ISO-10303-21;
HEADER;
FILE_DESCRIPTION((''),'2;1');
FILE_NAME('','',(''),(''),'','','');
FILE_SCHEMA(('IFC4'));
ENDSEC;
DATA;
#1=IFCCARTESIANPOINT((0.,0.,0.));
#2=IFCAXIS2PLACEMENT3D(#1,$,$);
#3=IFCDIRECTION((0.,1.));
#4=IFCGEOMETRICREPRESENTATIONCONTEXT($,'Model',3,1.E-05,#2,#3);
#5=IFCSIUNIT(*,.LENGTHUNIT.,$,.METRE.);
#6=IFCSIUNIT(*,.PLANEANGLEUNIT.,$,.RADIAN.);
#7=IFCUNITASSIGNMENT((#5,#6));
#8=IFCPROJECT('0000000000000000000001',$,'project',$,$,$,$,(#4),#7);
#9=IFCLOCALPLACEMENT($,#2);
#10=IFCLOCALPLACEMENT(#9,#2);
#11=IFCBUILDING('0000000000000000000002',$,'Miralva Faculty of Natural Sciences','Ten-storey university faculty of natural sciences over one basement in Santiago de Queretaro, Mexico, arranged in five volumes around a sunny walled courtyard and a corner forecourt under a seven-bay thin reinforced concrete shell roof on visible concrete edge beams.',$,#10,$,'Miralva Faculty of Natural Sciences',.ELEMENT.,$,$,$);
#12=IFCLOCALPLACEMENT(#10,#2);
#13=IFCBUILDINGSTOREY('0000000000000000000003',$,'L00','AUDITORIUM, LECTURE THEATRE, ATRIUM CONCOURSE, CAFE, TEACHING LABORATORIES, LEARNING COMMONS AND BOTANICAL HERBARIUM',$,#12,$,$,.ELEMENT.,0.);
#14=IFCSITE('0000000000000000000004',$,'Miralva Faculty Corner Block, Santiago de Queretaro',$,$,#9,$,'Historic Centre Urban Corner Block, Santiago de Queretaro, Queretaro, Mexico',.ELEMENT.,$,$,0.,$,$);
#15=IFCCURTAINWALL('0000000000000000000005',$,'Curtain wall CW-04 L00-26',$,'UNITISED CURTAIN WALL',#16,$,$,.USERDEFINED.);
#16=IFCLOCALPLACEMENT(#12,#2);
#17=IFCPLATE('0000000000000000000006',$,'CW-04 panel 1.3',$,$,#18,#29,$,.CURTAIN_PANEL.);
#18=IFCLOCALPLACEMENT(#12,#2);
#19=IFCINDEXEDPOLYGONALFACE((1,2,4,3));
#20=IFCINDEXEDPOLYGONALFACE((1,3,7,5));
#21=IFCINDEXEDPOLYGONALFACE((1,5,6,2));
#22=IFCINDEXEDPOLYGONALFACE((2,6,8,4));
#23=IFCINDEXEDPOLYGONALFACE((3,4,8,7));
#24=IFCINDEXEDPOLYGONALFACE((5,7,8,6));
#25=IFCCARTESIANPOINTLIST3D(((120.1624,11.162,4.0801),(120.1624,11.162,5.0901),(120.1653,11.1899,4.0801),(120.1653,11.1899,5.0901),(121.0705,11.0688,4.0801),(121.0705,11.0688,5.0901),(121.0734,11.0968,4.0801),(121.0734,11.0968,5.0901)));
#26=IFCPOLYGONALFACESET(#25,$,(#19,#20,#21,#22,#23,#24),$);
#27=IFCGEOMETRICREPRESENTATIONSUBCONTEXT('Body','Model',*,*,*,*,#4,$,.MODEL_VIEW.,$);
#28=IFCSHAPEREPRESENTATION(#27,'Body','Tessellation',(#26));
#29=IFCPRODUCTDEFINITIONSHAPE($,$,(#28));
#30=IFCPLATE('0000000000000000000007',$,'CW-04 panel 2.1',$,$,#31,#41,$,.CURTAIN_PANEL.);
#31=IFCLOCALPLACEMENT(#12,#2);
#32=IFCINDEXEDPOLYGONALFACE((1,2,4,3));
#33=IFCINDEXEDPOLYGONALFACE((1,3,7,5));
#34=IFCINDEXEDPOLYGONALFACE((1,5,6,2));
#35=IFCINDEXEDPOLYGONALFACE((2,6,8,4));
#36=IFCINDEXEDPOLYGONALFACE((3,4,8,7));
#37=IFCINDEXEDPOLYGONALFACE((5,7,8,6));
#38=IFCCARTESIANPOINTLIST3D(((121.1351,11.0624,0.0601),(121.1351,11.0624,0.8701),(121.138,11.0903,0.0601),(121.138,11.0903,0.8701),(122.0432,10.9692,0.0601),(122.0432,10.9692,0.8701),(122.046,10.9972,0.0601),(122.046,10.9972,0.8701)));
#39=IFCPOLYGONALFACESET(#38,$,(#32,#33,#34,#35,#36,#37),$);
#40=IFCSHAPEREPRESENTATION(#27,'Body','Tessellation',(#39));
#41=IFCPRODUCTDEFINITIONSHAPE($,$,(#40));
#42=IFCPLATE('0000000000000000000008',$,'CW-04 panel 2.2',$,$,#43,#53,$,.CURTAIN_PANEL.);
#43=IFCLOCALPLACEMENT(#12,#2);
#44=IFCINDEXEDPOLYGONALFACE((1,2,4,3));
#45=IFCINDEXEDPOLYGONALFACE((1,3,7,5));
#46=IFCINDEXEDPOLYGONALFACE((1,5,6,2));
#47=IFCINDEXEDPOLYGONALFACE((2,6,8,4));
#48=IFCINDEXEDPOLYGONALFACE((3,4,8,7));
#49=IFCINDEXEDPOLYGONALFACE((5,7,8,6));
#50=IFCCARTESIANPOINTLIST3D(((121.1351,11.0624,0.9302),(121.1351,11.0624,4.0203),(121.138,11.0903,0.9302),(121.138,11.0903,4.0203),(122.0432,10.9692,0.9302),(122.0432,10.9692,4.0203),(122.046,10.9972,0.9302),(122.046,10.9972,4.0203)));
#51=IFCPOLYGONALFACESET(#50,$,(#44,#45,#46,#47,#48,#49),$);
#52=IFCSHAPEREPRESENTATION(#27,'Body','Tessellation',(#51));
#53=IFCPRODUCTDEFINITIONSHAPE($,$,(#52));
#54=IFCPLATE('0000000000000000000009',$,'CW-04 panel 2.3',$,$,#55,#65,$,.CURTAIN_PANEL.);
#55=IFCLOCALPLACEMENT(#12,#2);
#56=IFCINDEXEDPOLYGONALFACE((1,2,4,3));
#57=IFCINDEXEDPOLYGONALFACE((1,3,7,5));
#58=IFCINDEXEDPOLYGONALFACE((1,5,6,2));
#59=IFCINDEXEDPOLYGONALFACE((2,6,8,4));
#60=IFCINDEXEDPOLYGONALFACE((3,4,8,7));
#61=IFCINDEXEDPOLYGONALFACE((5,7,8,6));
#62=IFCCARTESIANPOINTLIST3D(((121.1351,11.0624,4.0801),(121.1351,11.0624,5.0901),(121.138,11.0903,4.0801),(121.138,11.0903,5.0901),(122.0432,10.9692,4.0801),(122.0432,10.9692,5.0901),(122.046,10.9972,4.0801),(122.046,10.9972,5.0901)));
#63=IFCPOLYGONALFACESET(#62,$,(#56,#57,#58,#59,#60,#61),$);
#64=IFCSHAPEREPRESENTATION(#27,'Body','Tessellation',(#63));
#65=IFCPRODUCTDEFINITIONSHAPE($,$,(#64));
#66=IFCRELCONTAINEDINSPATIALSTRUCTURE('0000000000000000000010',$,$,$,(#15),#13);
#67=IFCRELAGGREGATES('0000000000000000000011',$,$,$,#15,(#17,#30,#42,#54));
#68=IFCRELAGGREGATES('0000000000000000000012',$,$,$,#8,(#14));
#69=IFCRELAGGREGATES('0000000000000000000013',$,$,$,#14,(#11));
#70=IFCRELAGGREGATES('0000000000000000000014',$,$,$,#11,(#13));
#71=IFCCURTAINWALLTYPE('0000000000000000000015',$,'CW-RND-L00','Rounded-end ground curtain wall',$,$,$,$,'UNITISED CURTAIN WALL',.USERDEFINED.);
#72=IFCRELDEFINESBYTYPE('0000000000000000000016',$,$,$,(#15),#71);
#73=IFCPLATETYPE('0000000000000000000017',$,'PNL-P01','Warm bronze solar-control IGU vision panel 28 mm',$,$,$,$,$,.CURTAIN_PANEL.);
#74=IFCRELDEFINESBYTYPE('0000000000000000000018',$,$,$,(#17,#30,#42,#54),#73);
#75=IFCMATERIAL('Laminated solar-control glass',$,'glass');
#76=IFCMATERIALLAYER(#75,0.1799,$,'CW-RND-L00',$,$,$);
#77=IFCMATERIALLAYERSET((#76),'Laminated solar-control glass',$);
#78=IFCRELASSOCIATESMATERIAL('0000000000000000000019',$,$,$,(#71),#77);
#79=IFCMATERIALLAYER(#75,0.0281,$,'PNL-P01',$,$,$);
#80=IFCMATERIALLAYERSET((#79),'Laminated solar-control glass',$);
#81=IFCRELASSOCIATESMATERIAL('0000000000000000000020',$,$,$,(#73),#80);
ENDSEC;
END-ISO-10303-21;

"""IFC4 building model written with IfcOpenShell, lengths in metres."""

from ifc_helpers import new_model, si_unit, direction, frame, origin, origin_2d, place, context, subcontext, project, spatial, rectangle, extrude, material, layer, layer_set, type_object, element, aggregate, save


model = new_model("IFC4")

# Units and contexts
model_context = context("Model", 3, precision=1e-05, world=origin(), true_north=direction((0.0, 1.0)))
body_context = subcontext(model_context, "Body", "Model", "MODEL_VIEW")
ifc_project = project(units=[si_unit("LENGTHUNIT", "METRE"), si_unit("PLANEANGLEUNIT", "RADIAN")], contexts=[model_context])

# Site, building, storey
site_placement = place(None, origin())
site = spatial("IfcSite", under=ifc_project, at=site_placement, Name="Miralva Faculty Corner Block, Santiago de Queretaro", LongName="Historic Centre Urban Corner Block, Santiago de Queretaro, Queretaro, Mexico", CompositionType="ELEMENT", RefElevation=0.0)
building_placement = place(site_placement, origin())
building = spatial("IfcBuilding", under=site, at=building_placement, Name="Miralva Faculty of Natural Sciences", Description="Ten-storey university faculty of natural sciences over one basement in Santiago de Queretaro, Mexico, arranged in five volumes around a sunny walled courtyard and a corner forecourt under a seven-bay thin reinforced concrete shell roof on visible concrete edge beams.", LongName="Miralva Faculty of Natural Sciences", CompositionType="ELEMENT")
storey_placement = place(building_placement, origin())
storey = spatial("IfcBuildingStorey", under=building, at=storey_placement, Name="L00", Description="AUDITORIUM, LECTURE THEATRE, ATRIUM CONCOURSE, CAFE, TEACHING LABORATORIES, LEARNING COMMONS AND BOTANICAL HERBARIUM", CompositionType="ELEMENT", Elevation=0.0)

# Shared definitions
ifc_material_1 = material(Name="Laminated solar-control glass", Category="glass")
ifc_layer_1 = layer(ifc_material_1, 0.1799, Name="CW-RND-L00")
ifc_layer_set_1 = layer_set([ifc_layer_1], Name="Laminated solar-control glass")
curtain_wall_type = type_object("IfcCurtainWallType", Name="CW-RND-L00", Description="Rounded-end ground curtain wall", ElementType="UNITISED CURTAIN WALL", PredefinedType="USERDEFINED", material=ifc_layer_set_1)

# Curtain wall
curtain_wall_1_placement = place(storey_placement, origin())
curtain_wall_1 = element("IfcCurtainWall", 1, at=curtain_wall_1_placement, inside=storey, type_object=curtain_wall_type, Name="Curtain wall CW-04 L00-26", ObjectType="UNITISED CURTAIN WALL", PredefinedType="USERDEFINED")

# Plates
ifc_layer_2 = layer(ifc_material_1, 0.0281, Name="PNL-P01")
ifc_layer_set_2 = layer_set([ifc_layer_2], Name="Laminated solar-control glass")
plate_type = type_object("IfcPlateType", Name="PNL-P01", Description="Warm bronze solar-control IGU vision panel 28 mm", PredefinedType="CURTAIN_PANEL", material=ifc_layer_set_2)
plate_1_placement = place(storey_placement, frame((120.6179, 11.1294, 4.0801), z_axis=(0.0, 0.0, 1.0), x_axis=(0.994779, -0.102056, 0.0)))
plate_1 = element("IfcPlate", 2, at=plate_1_placement, type_object=plate_type, Name="CW-04 panel 1.3", PredefinedType="CURTAIN_PANEL", context=body_context, shape_type="SweptSolid", body=[
    extrude(rectangle(XDim=0.9128, YDim=0.0281, at=origin_2d()), origin(), (0.0, 0.0, 1.0), 1.01),
])
plate_2_placement = place(storey_placement, frame((121.5906, 11.0298, 0.0601), z_axis=(0.0, 0.0, 1.0), x_axis=(0.994779, -0.102056, 0.0)))
plate_2 = element("IfcPlate", 3, at=plate_2_placement, type_object=plate_type, Name="CW-04 panel 2.1", PredefinedType="CURTAIN_PANEL", context=body_context, shape_type="SweptSolid", body=[
    extrude(rectangle(XDim=0.9128, YDim=0.0281, at=origin_2d()), origin(), (0.0, 0.0, 1.0), 0.8101),
])
plate_3_placement = place(storey_placement, frame((121.5906, 11.0298, 0.9302), z_axis=(0.0, 0.0, 1.0), x_axis=(0.994779, -0.102056, 0.0)))
plate_3 = element("IfcPlate", 4, at=plate_3_placement, type_object=plate_type, Name="CW-04 panel 2.2", PredefinedType="CURTAIN_PANEL", context=body_context, shape_type="SweptSolid", body=[
    extrude(rectangle(XDim=0.9128, YDim=0.0281, at=origin_2d()), origin(), (0.0, 0.0, 1.0), 3.0901),
])
plate_4_placement = place(storey_placement, frame((121.5906, 11.0298, 4.0801), z_axis=(0.0, 0.0, 1.0), x_axis=(0.994779, -0.102056, 0.0)))
plate_4 = element("IfcPlate", 5, at=plate_4_placement, type_object=plate_type, Name="CW-04 panel 2.3", PredefinedType="CURTAIN_PANEL", context=body_context, shape_type="SweptSolid", body=[
    extrude(rectangle(XDim=0.9128, YDim=0.0281, at=origin_2d()), origin(), (0.0, 0.0, 1.0), 1.01),
])
aggregate(curtain_wall_1, [plate_1, plate_2, plate_3, plate_4])

save(model, "model.ifc")
